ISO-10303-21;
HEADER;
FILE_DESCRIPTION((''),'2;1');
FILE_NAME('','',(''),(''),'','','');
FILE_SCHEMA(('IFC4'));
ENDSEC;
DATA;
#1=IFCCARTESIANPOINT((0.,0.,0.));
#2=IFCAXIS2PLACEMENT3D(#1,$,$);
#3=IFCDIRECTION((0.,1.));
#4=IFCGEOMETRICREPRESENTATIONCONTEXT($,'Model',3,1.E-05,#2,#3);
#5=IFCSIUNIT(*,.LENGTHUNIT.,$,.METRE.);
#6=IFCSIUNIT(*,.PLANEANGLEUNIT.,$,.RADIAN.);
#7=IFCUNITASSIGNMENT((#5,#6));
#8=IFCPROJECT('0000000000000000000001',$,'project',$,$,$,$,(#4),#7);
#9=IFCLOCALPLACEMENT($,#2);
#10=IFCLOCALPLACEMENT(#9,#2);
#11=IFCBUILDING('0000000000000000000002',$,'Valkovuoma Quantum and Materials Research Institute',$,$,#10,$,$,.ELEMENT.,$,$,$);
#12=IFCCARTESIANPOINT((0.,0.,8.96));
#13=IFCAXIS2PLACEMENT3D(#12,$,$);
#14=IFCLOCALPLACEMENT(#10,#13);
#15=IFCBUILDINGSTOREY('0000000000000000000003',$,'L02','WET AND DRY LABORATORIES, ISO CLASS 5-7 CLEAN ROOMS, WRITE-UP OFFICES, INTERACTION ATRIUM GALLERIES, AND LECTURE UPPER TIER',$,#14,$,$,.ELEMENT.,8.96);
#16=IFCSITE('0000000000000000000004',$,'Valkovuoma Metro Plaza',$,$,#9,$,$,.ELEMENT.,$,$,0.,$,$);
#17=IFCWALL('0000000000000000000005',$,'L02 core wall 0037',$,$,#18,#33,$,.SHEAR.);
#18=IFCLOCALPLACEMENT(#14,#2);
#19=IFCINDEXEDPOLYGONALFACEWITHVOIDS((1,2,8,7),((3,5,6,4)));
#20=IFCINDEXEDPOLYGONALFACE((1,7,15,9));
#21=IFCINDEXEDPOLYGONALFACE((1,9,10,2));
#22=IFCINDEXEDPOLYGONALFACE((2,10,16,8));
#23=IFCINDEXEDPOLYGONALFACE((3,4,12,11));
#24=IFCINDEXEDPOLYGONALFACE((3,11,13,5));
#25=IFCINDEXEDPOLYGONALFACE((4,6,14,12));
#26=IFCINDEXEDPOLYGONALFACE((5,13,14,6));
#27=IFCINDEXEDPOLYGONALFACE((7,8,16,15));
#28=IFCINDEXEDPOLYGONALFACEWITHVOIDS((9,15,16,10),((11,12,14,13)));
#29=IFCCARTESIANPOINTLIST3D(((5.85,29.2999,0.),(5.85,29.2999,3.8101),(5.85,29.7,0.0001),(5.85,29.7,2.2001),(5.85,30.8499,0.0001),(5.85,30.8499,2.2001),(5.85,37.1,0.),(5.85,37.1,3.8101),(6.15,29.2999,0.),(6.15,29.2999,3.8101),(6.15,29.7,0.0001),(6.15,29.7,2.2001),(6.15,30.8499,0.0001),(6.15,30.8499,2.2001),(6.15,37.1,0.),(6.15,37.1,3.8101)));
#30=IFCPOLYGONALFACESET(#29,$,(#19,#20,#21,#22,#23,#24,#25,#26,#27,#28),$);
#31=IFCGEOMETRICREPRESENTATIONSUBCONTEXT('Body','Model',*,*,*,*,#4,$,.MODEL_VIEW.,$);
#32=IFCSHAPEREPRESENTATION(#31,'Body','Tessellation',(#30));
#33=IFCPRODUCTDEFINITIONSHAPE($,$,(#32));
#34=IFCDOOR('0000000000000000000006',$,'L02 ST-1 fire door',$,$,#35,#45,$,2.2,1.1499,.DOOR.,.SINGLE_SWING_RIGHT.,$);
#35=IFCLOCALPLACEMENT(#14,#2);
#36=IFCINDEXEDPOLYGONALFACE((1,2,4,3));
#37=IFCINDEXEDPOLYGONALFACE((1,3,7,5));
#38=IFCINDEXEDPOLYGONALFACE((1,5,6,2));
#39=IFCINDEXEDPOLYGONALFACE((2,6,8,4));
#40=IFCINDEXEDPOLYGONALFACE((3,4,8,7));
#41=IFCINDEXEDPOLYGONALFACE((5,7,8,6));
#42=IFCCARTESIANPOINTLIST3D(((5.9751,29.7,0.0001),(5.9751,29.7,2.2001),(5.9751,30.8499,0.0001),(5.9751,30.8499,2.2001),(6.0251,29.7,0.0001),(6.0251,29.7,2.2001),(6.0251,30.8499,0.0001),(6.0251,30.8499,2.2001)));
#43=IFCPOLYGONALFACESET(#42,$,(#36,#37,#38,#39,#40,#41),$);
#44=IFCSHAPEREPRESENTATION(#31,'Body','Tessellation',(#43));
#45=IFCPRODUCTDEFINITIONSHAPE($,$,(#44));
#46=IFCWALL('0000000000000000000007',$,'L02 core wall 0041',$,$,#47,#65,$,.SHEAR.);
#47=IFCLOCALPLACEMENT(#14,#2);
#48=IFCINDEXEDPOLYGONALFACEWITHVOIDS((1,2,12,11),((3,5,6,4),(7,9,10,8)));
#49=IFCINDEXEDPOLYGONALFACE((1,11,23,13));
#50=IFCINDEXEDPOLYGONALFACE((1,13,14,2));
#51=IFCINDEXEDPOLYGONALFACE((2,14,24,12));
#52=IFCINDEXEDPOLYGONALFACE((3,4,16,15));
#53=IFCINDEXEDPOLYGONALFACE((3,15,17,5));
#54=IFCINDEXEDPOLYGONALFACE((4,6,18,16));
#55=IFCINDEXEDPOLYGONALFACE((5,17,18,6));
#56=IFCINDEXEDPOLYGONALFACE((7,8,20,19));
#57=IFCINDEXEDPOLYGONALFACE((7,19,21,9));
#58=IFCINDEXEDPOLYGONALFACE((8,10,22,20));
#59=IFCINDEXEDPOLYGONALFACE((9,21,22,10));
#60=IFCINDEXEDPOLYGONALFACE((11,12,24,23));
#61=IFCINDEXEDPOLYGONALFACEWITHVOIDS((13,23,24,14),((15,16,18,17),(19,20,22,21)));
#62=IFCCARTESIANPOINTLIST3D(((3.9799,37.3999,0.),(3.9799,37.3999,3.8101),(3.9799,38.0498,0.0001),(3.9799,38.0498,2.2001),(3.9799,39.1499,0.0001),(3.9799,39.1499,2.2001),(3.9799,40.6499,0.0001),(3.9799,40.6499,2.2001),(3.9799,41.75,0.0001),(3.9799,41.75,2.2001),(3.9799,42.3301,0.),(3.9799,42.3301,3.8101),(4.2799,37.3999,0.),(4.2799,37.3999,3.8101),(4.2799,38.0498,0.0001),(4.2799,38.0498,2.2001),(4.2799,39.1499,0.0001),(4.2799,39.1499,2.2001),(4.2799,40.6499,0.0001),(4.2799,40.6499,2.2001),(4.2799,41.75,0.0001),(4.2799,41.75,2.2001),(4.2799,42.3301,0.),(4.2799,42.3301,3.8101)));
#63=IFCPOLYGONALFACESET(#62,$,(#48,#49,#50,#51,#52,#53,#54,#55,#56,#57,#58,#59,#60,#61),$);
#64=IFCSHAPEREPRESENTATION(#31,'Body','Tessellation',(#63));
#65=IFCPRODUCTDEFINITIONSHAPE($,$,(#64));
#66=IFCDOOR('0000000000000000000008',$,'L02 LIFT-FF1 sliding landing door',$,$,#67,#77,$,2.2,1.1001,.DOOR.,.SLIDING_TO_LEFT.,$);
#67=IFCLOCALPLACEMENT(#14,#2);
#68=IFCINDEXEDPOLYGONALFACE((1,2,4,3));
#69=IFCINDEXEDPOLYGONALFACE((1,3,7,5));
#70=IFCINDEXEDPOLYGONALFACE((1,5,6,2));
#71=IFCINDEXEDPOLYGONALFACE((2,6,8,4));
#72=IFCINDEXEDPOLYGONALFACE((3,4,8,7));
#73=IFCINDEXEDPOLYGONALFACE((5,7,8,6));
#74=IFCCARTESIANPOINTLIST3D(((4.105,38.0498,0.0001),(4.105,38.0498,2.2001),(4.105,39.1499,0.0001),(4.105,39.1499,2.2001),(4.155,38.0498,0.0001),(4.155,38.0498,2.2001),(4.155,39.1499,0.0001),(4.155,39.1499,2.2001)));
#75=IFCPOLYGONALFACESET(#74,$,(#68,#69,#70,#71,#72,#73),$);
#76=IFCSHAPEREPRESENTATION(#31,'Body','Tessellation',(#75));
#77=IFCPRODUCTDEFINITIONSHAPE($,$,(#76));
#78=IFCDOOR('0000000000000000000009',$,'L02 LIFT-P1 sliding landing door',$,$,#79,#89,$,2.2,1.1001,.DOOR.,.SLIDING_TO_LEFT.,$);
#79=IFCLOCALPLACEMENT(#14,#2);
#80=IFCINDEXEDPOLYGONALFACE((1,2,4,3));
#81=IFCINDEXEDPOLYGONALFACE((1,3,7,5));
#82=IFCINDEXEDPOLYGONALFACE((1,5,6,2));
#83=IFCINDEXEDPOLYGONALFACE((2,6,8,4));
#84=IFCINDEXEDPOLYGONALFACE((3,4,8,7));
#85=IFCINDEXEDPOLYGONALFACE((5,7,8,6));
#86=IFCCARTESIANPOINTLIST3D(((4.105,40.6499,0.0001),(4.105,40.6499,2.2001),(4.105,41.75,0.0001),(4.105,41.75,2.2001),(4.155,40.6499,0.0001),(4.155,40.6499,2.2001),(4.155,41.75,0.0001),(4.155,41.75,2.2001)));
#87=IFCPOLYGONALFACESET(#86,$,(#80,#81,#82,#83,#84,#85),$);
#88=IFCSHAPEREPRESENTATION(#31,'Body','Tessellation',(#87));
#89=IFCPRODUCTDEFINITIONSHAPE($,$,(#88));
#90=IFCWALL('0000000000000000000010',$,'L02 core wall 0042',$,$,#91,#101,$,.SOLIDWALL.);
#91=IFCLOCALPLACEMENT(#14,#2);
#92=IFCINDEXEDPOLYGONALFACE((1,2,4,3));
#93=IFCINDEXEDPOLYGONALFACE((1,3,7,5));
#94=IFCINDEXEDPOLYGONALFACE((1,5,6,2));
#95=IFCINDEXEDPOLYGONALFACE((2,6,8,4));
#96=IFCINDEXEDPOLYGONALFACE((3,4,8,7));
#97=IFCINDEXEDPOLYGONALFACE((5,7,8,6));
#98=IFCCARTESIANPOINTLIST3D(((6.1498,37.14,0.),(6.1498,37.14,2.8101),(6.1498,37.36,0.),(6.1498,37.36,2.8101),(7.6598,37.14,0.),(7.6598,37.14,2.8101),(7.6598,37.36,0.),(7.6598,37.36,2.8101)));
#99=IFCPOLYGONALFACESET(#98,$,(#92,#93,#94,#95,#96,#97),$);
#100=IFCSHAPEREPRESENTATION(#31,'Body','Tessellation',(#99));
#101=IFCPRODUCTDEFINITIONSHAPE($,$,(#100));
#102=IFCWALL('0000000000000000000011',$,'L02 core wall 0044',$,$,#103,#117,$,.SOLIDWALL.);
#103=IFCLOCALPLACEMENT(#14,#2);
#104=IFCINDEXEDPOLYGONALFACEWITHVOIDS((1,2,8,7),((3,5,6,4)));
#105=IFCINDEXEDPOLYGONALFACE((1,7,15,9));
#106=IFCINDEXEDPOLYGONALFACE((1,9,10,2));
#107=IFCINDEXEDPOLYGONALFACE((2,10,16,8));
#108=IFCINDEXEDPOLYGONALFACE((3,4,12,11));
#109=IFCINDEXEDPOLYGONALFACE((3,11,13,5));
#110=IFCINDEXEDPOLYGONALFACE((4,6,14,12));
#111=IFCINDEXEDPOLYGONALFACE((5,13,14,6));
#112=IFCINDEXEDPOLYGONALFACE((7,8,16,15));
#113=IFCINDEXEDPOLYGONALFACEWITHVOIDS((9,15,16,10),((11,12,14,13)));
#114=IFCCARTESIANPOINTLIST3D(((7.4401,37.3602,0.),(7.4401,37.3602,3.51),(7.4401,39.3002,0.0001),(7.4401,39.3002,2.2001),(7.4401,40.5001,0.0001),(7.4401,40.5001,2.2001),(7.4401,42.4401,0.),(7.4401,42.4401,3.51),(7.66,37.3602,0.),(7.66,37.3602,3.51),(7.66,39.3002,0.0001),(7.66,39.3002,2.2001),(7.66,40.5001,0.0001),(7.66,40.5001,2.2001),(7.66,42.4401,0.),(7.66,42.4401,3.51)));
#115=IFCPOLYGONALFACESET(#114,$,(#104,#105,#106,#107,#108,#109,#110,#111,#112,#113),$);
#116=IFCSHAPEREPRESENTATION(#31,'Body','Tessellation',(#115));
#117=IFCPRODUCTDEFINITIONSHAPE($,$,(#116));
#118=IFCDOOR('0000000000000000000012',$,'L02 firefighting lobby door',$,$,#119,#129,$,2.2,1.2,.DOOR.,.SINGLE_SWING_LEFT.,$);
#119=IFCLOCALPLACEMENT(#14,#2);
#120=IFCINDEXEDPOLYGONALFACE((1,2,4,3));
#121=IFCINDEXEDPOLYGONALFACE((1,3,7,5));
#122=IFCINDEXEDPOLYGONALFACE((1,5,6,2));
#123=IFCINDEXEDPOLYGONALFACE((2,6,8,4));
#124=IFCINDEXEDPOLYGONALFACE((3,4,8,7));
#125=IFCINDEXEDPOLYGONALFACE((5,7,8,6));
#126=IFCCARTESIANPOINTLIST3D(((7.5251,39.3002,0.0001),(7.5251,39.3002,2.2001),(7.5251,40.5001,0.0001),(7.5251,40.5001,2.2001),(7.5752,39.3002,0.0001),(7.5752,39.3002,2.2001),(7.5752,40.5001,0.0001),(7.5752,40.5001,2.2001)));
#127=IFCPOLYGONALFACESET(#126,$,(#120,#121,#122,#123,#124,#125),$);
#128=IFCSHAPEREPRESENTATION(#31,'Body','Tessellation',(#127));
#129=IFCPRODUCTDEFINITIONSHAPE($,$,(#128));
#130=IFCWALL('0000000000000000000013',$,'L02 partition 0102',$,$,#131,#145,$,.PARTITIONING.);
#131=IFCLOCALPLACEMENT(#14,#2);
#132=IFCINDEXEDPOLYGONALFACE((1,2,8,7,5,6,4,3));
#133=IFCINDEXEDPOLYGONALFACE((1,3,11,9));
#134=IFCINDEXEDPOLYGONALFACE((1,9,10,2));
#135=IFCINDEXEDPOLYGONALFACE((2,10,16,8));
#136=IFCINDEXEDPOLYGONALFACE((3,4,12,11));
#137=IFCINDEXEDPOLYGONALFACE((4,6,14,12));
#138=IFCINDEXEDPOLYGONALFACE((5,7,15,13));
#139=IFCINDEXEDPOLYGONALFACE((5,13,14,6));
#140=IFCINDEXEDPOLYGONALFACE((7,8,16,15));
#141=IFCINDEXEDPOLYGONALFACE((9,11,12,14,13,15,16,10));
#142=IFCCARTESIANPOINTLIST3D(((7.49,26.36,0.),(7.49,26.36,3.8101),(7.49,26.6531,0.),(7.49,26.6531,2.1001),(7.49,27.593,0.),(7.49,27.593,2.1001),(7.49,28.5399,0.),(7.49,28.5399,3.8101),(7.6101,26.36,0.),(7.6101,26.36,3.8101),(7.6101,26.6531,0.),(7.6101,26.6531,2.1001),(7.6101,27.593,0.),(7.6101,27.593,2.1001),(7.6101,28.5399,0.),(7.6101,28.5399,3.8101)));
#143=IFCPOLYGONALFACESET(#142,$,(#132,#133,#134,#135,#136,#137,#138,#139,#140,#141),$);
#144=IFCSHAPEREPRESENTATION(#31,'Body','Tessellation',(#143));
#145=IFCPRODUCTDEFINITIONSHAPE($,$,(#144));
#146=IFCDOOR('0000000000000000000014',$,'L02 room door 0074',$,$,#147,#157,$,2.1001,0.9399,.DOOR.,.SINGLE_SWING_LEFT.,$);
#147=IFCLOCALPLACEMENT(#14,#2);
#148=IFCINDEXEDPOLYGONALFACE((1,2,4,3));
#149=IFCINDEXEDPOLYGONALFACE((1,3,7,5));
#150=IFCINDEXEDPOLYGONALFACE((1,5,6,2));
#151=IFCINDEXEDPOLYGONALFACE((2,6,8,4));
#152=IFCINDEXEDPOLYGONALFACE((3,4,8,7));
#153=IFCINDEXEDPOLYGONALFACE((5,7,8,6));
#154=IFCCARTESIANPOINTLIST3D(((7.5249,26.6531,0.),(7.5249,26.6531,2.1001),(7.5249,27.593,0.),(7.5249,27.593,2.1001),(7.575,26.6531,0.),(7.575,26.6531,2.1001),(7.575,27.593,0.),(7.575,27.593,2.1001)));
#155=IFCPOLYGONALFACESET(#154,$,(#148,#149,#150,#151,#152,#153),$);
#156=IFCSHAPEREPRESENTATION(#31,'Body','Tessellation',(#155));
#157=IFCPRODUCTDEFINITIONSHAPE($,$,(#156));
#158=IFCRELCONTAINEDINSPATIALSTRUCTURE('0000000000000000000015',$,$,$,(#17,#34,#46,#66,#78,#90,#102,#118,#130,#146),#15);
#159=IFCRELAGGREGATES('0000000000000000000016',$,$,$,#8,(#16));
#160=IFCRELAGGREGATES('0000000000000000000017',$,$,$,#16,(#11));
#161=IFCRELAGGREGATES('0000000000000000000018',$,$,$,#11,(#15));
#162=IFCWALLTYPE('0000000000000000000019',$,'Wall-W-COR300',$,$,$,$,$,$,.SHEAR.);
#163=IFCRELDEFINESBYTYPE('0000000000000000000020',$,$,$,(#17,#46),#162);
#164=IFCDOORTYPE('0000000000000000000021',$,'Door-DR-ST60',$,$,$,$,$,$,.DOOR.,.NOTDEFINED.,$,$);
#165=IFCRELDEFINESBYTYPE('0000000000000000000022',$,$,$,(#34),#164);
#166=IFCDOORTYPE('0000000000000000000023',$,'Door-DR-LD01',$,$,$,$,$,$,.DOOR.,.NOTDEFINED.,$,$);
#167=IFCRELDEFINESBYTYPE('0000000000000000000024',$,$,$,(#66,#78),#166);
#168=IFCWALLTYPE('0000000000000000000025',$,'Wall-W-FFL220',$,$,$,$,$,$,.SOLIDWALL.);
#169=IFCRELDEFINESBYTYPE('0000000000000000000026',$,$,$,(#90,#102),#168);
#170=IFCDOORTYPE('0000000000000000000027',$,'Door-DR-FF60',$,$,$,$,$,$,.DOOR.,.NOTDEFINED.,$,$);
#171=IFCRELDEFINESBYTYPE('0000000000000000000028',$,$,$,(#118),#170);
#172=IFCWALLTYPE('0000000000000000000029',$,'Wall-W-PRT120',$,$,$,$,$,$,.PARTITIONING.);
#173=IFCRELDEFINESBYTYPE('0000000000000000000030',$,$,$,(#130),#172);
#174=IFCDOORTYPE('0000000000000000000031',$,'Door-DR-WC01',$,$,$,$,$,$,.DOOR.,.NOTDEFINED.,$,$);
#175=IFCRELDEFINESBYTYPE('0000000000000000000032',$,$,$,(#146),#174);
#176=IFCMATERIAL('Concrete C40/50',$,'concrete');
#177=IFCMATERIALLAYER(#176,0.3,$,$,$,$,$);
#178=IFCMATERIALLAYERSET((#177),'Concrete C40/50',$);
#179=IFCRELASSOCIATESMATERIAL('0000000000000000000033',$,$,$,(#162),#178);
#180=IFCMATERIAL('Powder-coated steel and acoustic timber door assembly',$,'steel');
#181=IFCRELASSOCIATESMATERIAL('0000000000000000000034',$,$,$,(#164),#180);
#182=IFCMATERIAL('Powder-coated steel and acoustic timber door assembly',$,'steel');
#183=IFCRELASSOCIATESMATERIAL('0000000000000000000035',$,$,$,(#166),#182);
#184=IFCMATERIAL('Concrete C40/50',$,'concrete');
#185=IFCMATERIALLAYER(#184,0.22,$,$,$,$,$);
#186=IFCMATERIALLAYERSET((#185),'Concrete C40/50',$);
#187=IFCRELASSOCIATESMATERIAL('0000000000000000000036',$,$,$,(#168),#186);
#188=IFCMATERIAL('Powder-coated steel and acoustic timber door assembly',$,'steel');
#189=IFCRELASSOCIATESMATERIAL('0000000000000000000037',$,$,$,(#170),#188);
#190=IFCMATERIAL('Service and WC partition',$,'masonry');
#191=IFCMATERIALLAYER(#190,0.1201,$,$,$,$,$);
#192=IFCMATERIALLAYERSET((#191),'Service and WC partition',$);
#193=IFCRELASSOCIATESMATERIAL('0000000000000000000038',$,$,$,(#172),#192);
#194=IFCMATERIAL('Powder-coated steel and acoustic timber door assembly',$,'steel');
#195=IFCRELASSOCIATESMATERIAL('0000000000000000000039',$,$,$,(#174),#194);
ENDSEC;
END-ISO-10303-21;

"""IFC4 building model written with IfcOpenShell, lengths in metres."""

from ifc_helpers import new_model, si_unit, direction, frame, frame_2d, origin, place, context, subcontext, project, spatial, rectangle, extrude, material, layer, layer_set, type_object, element, fill, save


model = new_model("IFC4")

# Units and contexts
model_context = context("Model", 3, precision=1e-05, world=origin(), true_north=direction((0.0, 1.0)))
body_context = subcontext(model_context, "Body", "Model", "MODEL_VIEW")
ifc_project = project(units=[si_unit("LENGTHUNIT", "METRE"), si_unit("PLANEANGLEUNIT", "RADIAN")], contexts=[model_context])

# Site, building, storey
site_placement = place(None, origin())
site = spatial("IfcSite", under=ifc_project, at=site_placement, Name="Valkovuoma Metro Plaza", CompositionType="ELEMENT", RefElevation=0.0)
building_placement = place(site_placement, origin())
building = spatial("IfcBuilding", under=site, at=building_placement, Name="Valkovuoma Quantum and Materials Research Institute", CompositionType="ELEMENT")
storey_placement = place(building_placement, frame((0.0, 0.0, 8.96)))
storey = spatial("IfcBuildingStorey", under=building, at=storey_placement, Name="L02", Description="WET AND DRY LABORATORIES, ISO CLASS 5-7 CLEAN ROOMS, WRITE-UP OFFICES, INTERACTION ATRIUM GALLERIES, AND LECTURE UPPER TIER", CompositionType="ELEMENT", Elevation=8.96)

# Wall, opening, door
ifc_material_1 = material(Name="Concrete C40/50", Category="concrete")
ifc_layer_1 = layer(ifc_material_1, 0.3)
ifc_layer_set_1 = layer_set([ifc_layer_1], Name="Concrete C40/50")
wall_type_1 = type_object("IfcWallType", Name="Wall-W-COR300", PredefinedType="SHEAR", material=ifc_layer_set_1)
wall_1_placement = place(storey_placement, frame((6.0, 29.3, 0.0), z_axis=(0.0, 0.0, 1.0), x_axis=(0.0, 1.0, 0.0)))
wall_1 = element("IfcWall", 1, at=wall_1_placement, inside=storey, type_object=wall_type_1, Name="L02 core wall 0037", PredefinedType="SHEAR", context=body_context, shape_type="SweptSolid", body=[
    extrude(rectangle(XDim=7.8, YDim=0.3, at=frame_2d((3.8999, 0.0))), origin(), (0.0, 0.0, 1.0), 3.8101),
])
opening_1_placement = place(wall_1_placement, frame((0.3999, 0.0, 0.0)))
opening_1 = element("IfcOpeningElement", 2, at=opening_1_placement, cuts=wall_1, PredefinedType="OPENING", context=body_context, shape_type="SweptSolid", body=[
    extrude(rectangle(XDim=1.1499, YDim=2.2, at=frame_2d((0.575, 1.1001))), frame((0.0, 0.1602, 0.0), z_axis=(0.0, -1.0, 0.0), x_axis=(1.0, 0.0, 0.0)), (0.0, 0.0, 1.0), 0.3201),
])
ifc_material_2 = material(Name="Powder-coated steel and acoustic timber door assembly", Category="steel")
door_type_1 = type_object("IfcDoorType", Name="Door-DR-ST60", OperationType="NOTDEFINED", PredefinedType="DOOR", material=ifc_material_2)
door_1_placement = place(opening_1_placement, origin())
door_1 = element("IfcDoor", 3, at=door_1_placement, inside=storey, type_object=door_type_1, Name="L02 ST-1 fire door", OperationType="SINGLE_SWING_RIGHT", OverallHeight=2.2, OverallWidth=1.1499, PredefinedType="DOOR", context=body_context, shape_type="SweptSolid", body=[
    extrude(rectangle(XDim=1.1499, YDim=2.2, at=frame_2d((0.575, 1.1001))), frame((0.0, 0.0249, 0.0), z_axis=(0.0, -1.0, 0.0), x_axis=(1.0, 0.0, 0.0)), (0.0, 0.0, 1.0), 0.05),
])
fill(opening_1, door_1)

# Wall, openings, doors
wall_2_placement = place(storey_placement, frame((4.1299, 37.3999, 0.0), z_axis=(0.0, 0.0, 1.0), x_axis=(0.0, 1.0, 0.0)))
wall_2 = element("IfcWall", 4, at=wall_2_placement, inside=storey, type_object=wall_type_1, Name="L02 core wall 0041", PredefinedType="SHEAR", context=body_context, shape_type="SweptSolid", body=[
    extrude(rectangle(XDim=4.9302, YDim=0.3, at=frame_2d((2.4651, 0.0))), origin(), (0.0, 0.0, 1.0), 3.8101),
])
opening_2_placement = place(wall_2_placement, frame((0.6499, 0.0, 0.0)))
opening_2 = element("IfcOpeningElement", 5, at=opening_2_placement, cuts=wall_2, PredefinedType="OPENING", context=body_context, shape_type="SweptSolid", body=[
    extrude(rectangle(XDim=1.1001, YDim=2.2, at=frame_2d((0.55, 1.1001))), frame((0.0, 0.1602, 0.0), z_axis=(0.0, -1.0, 0.0), x_axis=(1.0, 0.0, 0.0)), (0.0, 0.0, 1.0), 0.3201),
])
opening_3_placement = place(wall_2_placement, frame((3.25, 0.0, 0.0)))
opening_3 = element("IfcOpeningElement", 6, at=opening_3_placement, cuts=wall_2, PredefinedType="OPENING", context=body_context, shape_type="SweptSolid", body=[
    extrude(rectangle(XDim=1.1001, YDim=2.2, at=frame_2d((0.55, 1.1001))), frame((0.0, 0.1602, 0.0), z_axis=(0.0, -1.0, 0.0), x_axis=(1.0, 0.0, 0.0)), (0.0, 0.0, 1.0), 0.3201),
])
ifc_material_3 = material(Name="Powder-coated steel and acoustic timber door assembly", Category="steel")
door_type_2 = type_object("IfcDoorType", Name="Door-DR-LD01", OperationType="NOTDEFINED", PredefinedType="DOOR", material=ifc_material_3)
door_2_placement = place(opening_2_placement, origin())
door_2 = element("IfcDoor", 7, at=door_2_placement, inside=storey, type_object=door_type_2, Name="L02 LIFT-FF1 sliding landing door", OperationType="SLIDING_TO_LEFT", OverallHeight=2.2, OverallWidth=1.1001, PredefinedType="DOOR", context=body_context, shape_type="SweptSolid", body=[
    extrude(rectangle(XDim=1.1001, YDim=2.2, at=frame_2d((0.55, 1.1001))), frame((0.0, 0.0249, 0.0), z_axis=(0.0, -1.0, 0.0), x_axis=(1.0, 0.0, 0.0)), (0.0, 0.0, 1.0), 0.05),
])
fill(opening_2, door_2)
door_3_placement = place(opening_3_placement, origin())
door_3 = element("IfcDoor", 8, at=door_3_placement, inside=storey, type_object=door_type_2, Name="L02 LIFT-P1 sliding landing door", OperationType="SLIDING_TO_LEFT", OverallHeight=2.2, OverallWidth=1.1001, PredefinedType="DOOR", context=body_context, shape_type="SweptSolid", body=[
    extrude(rectangle(XDim=1.1001, YDim=2.2, at=frame_2d((0.55, 1.1001))), frame((0.0, 0.0249, 0.0), z_axis=(0.0, -1.0, 0.0), x_axis=(1.0, 0.0, 0.0)), (0.0, 0.0, 1.0), 0.05),
])
fill(opening_3, door_3)

# Wall
ifc_material_4 = material(Name="Concrete C40/50", Category="concrete")
ifc_layer_2 = layer(ifc_material_4, 0.22)
ifc_layer_set_2 = layer_set([ifc_layer_2], Name="Concrete C40/50")
wall_type_2 = type_object("IfcWallType", Name="Wall-W-FFL220", PredefinedType="SOLIDWALL", material=ifc_layer_set_2)
wall_3_placement = place(storey_placement, frame((6.1499, 37.25, 0.0), z_axis=(0.0, 0.0, 1.0), x_axis=(1.0, 0.0, 0.0)))
element("IfcWall", 9, at=wall_3_placement, inside=storey, type_object=wall_type_2, Name="L02 core wall 0042", PredefinedType="SOLIDWALL", context=body_context, shape_type="SweptSolid", body=[
    extrude(rectangle(XDim=1.51, YDim=0.22, at=frame_2d((0.7549, 0.0))), origin(), (0.0, 0.0, 1.0), 2.8101),
])

# Walls, openings, doors
wall_4_placement = place(storey_placement, frame((7.55, 37.3601, 0.0), z_axis=(0.0, 0.0, 1.0), x_axis=(0.0, 1.0, 0.0)))
wall_4 = element("IfcWall", 10, at=wall_4_placement, inside=storey, type_object=wall_type_2, Name="L02 core wall 0044", PredefinedType="SOLIDWALL", context=body_context, shape_type="SweptSolid", body=[
    extrude(rectangle(XDim=5.0798, YDim=0.22, at=frame_2d((2.54, 0.0))), origin(), (0.0, 0.0, 1.0), 3.51),
])
opening_4_placement = place(wall_4_placement, frame((1.9399, 0.0, 0.0)))
opening_4 = element("IfcOpeningElement", 11, at=opening_4_placement, cuts=wall_4, PredefinedType="OPENING", context=body_context, shape_type="SweptSolid", body=[
    extrude(rectangle(XDim=1.2, YDim=2.2, at=frame_2d((0.6001, 1.1001))), frame((0.0, 0.1201, 0.0), z_axis=(0.0, -1.0, 0.0), x_axis=(1.0, 0.0, 0.0)), (0.0, 0.0, 1.0), 0.24),
])
ifc_material_5 = material(Name="Powder-coated steel and acoustic timber door assembly", Category="steel")
door_type_3 = type_object("IfcDoorType", Name="Door-DR-FF60", OperationType="NOTDEFINED", PredefinedType="DOOR", material=ifc_material_5)
door_4_placement = place(opening_4_placement, origin())
door_4 = element("IfcDoor", 12, at=door_4_placement, inside=storey, type_object=door_type_3, Name="L02 firefighting lobby door", OperationType="SINGLE_SWING_LEFT", OverallHeight=2.2, OverallWidth=1.2, PredefinedType="DOOR", context=body_context, shape_type="SweptSolid", body=[
    extrude(rectangle(XDim=1.2, YDim=2.2, at=frame_2d((0.6001, 1.1001))), frame((0.0, 0.0249, 0.0), z_axis=(0.0, -1.0, 0.0), x_axis=(1.0, 0.0, 0.0)), (0.0, 0.0, 1.0), 0.05),
])
fill(opening_4, door_4)
ifc_material_6 = material(Name="Service and WC partition", Category="masonry")
ifc_layer_3 = layer(ifc_material_6, 0.1201)
ifc_layer_set_3 = layer_set([ifc_layer_3], Name="Service and WC partition")
wall_type_3 = type_object("IfcWallType", Name="Wall-W-PRT120", PredefinedType="PARTITIONING", material=ifc_layer_set_3)
wall_5_placement = place(storey_placement, frame((7.55, 26.3601, 0.0), z_axis=(0.0, 0.0, 1.0), x_axis=(0.0, 1.0, 0.0)))
wall_5 = element("IfcWall", 13, at=wall_5_placement, inside=storey, type_object=wall_type_3, Name="L02 partition 0102", PredefinedType="PARTITIONING", context=body_context, shape_type="SweptSolid", body=[
    extrude(rectangle(XDim=2.1799, YDim=0.1201, at=frame_2d((1.0898, 0.0))), origin(), (0.0, 0.0, 1.0), 3.8101),
])
opening_5_placement = place(wall_5_placement, frame((0.293, 0.0, 0.0)))
opening_5 = element("IfcOpeningElement", 14, at=opening_5_placement, cuts=wall_5, PredefinedType="OPENING", context=body_context, shape_type="SweptSolid", body=[
    extrude(rectangle(XDim=0.9399, YDim=2.1001, at=frame_2d((0.47, 1.05))), frame((0.0, 0.0701, 0.0), z_axis=(0.0, -1.0, 0.0), x_axis=(1.0, 0.0, 0.0)), (0.0, 0.0, 1.0), 0.1401),
])
ifc_material_7 = material(Name="Powder-coated steel and acoustic timber door assembly", Category="steel")
door_type_4 = type_object("IfcDoorType", Name="Door-DR-WC01", OperationType="NOTDEFINED", PredefinedType="DOOR", material=ifc_material_7)
door_5_placement = place(opening_5_placement, frame((0.9399, 0.0, 0.0), z_axis=(0.0, 0.0, 1.0), x_axis=(-1.0, 0.0, 0.0)))
door_5 = element("IfcDoor", 15, at=door_5_placement, inside=storey, type_object=door_type_4, Name="L02 room door 0074", OperationType="SINGLE_SWING_LEFT", OverallHeight=2.1001, OverallWidth=0.9399, PredefinedType="DOOR", context=body_context, shape_type="SweptSolid", body=[
    extrude(rectangle(XDim=0.9399, YDim=2.1001, at=frame_2d((0.47, 1.05))), frame((0.0, 0.0249, 0.0), z_axis=(0.0, -1.0, 0.0), x_axis=(1.0, 0.0, 0.0)), (0.0, 0.0, 1.0), 0.05),
])
fill(opening_5, door_5)

save(model, "model.ifc")
